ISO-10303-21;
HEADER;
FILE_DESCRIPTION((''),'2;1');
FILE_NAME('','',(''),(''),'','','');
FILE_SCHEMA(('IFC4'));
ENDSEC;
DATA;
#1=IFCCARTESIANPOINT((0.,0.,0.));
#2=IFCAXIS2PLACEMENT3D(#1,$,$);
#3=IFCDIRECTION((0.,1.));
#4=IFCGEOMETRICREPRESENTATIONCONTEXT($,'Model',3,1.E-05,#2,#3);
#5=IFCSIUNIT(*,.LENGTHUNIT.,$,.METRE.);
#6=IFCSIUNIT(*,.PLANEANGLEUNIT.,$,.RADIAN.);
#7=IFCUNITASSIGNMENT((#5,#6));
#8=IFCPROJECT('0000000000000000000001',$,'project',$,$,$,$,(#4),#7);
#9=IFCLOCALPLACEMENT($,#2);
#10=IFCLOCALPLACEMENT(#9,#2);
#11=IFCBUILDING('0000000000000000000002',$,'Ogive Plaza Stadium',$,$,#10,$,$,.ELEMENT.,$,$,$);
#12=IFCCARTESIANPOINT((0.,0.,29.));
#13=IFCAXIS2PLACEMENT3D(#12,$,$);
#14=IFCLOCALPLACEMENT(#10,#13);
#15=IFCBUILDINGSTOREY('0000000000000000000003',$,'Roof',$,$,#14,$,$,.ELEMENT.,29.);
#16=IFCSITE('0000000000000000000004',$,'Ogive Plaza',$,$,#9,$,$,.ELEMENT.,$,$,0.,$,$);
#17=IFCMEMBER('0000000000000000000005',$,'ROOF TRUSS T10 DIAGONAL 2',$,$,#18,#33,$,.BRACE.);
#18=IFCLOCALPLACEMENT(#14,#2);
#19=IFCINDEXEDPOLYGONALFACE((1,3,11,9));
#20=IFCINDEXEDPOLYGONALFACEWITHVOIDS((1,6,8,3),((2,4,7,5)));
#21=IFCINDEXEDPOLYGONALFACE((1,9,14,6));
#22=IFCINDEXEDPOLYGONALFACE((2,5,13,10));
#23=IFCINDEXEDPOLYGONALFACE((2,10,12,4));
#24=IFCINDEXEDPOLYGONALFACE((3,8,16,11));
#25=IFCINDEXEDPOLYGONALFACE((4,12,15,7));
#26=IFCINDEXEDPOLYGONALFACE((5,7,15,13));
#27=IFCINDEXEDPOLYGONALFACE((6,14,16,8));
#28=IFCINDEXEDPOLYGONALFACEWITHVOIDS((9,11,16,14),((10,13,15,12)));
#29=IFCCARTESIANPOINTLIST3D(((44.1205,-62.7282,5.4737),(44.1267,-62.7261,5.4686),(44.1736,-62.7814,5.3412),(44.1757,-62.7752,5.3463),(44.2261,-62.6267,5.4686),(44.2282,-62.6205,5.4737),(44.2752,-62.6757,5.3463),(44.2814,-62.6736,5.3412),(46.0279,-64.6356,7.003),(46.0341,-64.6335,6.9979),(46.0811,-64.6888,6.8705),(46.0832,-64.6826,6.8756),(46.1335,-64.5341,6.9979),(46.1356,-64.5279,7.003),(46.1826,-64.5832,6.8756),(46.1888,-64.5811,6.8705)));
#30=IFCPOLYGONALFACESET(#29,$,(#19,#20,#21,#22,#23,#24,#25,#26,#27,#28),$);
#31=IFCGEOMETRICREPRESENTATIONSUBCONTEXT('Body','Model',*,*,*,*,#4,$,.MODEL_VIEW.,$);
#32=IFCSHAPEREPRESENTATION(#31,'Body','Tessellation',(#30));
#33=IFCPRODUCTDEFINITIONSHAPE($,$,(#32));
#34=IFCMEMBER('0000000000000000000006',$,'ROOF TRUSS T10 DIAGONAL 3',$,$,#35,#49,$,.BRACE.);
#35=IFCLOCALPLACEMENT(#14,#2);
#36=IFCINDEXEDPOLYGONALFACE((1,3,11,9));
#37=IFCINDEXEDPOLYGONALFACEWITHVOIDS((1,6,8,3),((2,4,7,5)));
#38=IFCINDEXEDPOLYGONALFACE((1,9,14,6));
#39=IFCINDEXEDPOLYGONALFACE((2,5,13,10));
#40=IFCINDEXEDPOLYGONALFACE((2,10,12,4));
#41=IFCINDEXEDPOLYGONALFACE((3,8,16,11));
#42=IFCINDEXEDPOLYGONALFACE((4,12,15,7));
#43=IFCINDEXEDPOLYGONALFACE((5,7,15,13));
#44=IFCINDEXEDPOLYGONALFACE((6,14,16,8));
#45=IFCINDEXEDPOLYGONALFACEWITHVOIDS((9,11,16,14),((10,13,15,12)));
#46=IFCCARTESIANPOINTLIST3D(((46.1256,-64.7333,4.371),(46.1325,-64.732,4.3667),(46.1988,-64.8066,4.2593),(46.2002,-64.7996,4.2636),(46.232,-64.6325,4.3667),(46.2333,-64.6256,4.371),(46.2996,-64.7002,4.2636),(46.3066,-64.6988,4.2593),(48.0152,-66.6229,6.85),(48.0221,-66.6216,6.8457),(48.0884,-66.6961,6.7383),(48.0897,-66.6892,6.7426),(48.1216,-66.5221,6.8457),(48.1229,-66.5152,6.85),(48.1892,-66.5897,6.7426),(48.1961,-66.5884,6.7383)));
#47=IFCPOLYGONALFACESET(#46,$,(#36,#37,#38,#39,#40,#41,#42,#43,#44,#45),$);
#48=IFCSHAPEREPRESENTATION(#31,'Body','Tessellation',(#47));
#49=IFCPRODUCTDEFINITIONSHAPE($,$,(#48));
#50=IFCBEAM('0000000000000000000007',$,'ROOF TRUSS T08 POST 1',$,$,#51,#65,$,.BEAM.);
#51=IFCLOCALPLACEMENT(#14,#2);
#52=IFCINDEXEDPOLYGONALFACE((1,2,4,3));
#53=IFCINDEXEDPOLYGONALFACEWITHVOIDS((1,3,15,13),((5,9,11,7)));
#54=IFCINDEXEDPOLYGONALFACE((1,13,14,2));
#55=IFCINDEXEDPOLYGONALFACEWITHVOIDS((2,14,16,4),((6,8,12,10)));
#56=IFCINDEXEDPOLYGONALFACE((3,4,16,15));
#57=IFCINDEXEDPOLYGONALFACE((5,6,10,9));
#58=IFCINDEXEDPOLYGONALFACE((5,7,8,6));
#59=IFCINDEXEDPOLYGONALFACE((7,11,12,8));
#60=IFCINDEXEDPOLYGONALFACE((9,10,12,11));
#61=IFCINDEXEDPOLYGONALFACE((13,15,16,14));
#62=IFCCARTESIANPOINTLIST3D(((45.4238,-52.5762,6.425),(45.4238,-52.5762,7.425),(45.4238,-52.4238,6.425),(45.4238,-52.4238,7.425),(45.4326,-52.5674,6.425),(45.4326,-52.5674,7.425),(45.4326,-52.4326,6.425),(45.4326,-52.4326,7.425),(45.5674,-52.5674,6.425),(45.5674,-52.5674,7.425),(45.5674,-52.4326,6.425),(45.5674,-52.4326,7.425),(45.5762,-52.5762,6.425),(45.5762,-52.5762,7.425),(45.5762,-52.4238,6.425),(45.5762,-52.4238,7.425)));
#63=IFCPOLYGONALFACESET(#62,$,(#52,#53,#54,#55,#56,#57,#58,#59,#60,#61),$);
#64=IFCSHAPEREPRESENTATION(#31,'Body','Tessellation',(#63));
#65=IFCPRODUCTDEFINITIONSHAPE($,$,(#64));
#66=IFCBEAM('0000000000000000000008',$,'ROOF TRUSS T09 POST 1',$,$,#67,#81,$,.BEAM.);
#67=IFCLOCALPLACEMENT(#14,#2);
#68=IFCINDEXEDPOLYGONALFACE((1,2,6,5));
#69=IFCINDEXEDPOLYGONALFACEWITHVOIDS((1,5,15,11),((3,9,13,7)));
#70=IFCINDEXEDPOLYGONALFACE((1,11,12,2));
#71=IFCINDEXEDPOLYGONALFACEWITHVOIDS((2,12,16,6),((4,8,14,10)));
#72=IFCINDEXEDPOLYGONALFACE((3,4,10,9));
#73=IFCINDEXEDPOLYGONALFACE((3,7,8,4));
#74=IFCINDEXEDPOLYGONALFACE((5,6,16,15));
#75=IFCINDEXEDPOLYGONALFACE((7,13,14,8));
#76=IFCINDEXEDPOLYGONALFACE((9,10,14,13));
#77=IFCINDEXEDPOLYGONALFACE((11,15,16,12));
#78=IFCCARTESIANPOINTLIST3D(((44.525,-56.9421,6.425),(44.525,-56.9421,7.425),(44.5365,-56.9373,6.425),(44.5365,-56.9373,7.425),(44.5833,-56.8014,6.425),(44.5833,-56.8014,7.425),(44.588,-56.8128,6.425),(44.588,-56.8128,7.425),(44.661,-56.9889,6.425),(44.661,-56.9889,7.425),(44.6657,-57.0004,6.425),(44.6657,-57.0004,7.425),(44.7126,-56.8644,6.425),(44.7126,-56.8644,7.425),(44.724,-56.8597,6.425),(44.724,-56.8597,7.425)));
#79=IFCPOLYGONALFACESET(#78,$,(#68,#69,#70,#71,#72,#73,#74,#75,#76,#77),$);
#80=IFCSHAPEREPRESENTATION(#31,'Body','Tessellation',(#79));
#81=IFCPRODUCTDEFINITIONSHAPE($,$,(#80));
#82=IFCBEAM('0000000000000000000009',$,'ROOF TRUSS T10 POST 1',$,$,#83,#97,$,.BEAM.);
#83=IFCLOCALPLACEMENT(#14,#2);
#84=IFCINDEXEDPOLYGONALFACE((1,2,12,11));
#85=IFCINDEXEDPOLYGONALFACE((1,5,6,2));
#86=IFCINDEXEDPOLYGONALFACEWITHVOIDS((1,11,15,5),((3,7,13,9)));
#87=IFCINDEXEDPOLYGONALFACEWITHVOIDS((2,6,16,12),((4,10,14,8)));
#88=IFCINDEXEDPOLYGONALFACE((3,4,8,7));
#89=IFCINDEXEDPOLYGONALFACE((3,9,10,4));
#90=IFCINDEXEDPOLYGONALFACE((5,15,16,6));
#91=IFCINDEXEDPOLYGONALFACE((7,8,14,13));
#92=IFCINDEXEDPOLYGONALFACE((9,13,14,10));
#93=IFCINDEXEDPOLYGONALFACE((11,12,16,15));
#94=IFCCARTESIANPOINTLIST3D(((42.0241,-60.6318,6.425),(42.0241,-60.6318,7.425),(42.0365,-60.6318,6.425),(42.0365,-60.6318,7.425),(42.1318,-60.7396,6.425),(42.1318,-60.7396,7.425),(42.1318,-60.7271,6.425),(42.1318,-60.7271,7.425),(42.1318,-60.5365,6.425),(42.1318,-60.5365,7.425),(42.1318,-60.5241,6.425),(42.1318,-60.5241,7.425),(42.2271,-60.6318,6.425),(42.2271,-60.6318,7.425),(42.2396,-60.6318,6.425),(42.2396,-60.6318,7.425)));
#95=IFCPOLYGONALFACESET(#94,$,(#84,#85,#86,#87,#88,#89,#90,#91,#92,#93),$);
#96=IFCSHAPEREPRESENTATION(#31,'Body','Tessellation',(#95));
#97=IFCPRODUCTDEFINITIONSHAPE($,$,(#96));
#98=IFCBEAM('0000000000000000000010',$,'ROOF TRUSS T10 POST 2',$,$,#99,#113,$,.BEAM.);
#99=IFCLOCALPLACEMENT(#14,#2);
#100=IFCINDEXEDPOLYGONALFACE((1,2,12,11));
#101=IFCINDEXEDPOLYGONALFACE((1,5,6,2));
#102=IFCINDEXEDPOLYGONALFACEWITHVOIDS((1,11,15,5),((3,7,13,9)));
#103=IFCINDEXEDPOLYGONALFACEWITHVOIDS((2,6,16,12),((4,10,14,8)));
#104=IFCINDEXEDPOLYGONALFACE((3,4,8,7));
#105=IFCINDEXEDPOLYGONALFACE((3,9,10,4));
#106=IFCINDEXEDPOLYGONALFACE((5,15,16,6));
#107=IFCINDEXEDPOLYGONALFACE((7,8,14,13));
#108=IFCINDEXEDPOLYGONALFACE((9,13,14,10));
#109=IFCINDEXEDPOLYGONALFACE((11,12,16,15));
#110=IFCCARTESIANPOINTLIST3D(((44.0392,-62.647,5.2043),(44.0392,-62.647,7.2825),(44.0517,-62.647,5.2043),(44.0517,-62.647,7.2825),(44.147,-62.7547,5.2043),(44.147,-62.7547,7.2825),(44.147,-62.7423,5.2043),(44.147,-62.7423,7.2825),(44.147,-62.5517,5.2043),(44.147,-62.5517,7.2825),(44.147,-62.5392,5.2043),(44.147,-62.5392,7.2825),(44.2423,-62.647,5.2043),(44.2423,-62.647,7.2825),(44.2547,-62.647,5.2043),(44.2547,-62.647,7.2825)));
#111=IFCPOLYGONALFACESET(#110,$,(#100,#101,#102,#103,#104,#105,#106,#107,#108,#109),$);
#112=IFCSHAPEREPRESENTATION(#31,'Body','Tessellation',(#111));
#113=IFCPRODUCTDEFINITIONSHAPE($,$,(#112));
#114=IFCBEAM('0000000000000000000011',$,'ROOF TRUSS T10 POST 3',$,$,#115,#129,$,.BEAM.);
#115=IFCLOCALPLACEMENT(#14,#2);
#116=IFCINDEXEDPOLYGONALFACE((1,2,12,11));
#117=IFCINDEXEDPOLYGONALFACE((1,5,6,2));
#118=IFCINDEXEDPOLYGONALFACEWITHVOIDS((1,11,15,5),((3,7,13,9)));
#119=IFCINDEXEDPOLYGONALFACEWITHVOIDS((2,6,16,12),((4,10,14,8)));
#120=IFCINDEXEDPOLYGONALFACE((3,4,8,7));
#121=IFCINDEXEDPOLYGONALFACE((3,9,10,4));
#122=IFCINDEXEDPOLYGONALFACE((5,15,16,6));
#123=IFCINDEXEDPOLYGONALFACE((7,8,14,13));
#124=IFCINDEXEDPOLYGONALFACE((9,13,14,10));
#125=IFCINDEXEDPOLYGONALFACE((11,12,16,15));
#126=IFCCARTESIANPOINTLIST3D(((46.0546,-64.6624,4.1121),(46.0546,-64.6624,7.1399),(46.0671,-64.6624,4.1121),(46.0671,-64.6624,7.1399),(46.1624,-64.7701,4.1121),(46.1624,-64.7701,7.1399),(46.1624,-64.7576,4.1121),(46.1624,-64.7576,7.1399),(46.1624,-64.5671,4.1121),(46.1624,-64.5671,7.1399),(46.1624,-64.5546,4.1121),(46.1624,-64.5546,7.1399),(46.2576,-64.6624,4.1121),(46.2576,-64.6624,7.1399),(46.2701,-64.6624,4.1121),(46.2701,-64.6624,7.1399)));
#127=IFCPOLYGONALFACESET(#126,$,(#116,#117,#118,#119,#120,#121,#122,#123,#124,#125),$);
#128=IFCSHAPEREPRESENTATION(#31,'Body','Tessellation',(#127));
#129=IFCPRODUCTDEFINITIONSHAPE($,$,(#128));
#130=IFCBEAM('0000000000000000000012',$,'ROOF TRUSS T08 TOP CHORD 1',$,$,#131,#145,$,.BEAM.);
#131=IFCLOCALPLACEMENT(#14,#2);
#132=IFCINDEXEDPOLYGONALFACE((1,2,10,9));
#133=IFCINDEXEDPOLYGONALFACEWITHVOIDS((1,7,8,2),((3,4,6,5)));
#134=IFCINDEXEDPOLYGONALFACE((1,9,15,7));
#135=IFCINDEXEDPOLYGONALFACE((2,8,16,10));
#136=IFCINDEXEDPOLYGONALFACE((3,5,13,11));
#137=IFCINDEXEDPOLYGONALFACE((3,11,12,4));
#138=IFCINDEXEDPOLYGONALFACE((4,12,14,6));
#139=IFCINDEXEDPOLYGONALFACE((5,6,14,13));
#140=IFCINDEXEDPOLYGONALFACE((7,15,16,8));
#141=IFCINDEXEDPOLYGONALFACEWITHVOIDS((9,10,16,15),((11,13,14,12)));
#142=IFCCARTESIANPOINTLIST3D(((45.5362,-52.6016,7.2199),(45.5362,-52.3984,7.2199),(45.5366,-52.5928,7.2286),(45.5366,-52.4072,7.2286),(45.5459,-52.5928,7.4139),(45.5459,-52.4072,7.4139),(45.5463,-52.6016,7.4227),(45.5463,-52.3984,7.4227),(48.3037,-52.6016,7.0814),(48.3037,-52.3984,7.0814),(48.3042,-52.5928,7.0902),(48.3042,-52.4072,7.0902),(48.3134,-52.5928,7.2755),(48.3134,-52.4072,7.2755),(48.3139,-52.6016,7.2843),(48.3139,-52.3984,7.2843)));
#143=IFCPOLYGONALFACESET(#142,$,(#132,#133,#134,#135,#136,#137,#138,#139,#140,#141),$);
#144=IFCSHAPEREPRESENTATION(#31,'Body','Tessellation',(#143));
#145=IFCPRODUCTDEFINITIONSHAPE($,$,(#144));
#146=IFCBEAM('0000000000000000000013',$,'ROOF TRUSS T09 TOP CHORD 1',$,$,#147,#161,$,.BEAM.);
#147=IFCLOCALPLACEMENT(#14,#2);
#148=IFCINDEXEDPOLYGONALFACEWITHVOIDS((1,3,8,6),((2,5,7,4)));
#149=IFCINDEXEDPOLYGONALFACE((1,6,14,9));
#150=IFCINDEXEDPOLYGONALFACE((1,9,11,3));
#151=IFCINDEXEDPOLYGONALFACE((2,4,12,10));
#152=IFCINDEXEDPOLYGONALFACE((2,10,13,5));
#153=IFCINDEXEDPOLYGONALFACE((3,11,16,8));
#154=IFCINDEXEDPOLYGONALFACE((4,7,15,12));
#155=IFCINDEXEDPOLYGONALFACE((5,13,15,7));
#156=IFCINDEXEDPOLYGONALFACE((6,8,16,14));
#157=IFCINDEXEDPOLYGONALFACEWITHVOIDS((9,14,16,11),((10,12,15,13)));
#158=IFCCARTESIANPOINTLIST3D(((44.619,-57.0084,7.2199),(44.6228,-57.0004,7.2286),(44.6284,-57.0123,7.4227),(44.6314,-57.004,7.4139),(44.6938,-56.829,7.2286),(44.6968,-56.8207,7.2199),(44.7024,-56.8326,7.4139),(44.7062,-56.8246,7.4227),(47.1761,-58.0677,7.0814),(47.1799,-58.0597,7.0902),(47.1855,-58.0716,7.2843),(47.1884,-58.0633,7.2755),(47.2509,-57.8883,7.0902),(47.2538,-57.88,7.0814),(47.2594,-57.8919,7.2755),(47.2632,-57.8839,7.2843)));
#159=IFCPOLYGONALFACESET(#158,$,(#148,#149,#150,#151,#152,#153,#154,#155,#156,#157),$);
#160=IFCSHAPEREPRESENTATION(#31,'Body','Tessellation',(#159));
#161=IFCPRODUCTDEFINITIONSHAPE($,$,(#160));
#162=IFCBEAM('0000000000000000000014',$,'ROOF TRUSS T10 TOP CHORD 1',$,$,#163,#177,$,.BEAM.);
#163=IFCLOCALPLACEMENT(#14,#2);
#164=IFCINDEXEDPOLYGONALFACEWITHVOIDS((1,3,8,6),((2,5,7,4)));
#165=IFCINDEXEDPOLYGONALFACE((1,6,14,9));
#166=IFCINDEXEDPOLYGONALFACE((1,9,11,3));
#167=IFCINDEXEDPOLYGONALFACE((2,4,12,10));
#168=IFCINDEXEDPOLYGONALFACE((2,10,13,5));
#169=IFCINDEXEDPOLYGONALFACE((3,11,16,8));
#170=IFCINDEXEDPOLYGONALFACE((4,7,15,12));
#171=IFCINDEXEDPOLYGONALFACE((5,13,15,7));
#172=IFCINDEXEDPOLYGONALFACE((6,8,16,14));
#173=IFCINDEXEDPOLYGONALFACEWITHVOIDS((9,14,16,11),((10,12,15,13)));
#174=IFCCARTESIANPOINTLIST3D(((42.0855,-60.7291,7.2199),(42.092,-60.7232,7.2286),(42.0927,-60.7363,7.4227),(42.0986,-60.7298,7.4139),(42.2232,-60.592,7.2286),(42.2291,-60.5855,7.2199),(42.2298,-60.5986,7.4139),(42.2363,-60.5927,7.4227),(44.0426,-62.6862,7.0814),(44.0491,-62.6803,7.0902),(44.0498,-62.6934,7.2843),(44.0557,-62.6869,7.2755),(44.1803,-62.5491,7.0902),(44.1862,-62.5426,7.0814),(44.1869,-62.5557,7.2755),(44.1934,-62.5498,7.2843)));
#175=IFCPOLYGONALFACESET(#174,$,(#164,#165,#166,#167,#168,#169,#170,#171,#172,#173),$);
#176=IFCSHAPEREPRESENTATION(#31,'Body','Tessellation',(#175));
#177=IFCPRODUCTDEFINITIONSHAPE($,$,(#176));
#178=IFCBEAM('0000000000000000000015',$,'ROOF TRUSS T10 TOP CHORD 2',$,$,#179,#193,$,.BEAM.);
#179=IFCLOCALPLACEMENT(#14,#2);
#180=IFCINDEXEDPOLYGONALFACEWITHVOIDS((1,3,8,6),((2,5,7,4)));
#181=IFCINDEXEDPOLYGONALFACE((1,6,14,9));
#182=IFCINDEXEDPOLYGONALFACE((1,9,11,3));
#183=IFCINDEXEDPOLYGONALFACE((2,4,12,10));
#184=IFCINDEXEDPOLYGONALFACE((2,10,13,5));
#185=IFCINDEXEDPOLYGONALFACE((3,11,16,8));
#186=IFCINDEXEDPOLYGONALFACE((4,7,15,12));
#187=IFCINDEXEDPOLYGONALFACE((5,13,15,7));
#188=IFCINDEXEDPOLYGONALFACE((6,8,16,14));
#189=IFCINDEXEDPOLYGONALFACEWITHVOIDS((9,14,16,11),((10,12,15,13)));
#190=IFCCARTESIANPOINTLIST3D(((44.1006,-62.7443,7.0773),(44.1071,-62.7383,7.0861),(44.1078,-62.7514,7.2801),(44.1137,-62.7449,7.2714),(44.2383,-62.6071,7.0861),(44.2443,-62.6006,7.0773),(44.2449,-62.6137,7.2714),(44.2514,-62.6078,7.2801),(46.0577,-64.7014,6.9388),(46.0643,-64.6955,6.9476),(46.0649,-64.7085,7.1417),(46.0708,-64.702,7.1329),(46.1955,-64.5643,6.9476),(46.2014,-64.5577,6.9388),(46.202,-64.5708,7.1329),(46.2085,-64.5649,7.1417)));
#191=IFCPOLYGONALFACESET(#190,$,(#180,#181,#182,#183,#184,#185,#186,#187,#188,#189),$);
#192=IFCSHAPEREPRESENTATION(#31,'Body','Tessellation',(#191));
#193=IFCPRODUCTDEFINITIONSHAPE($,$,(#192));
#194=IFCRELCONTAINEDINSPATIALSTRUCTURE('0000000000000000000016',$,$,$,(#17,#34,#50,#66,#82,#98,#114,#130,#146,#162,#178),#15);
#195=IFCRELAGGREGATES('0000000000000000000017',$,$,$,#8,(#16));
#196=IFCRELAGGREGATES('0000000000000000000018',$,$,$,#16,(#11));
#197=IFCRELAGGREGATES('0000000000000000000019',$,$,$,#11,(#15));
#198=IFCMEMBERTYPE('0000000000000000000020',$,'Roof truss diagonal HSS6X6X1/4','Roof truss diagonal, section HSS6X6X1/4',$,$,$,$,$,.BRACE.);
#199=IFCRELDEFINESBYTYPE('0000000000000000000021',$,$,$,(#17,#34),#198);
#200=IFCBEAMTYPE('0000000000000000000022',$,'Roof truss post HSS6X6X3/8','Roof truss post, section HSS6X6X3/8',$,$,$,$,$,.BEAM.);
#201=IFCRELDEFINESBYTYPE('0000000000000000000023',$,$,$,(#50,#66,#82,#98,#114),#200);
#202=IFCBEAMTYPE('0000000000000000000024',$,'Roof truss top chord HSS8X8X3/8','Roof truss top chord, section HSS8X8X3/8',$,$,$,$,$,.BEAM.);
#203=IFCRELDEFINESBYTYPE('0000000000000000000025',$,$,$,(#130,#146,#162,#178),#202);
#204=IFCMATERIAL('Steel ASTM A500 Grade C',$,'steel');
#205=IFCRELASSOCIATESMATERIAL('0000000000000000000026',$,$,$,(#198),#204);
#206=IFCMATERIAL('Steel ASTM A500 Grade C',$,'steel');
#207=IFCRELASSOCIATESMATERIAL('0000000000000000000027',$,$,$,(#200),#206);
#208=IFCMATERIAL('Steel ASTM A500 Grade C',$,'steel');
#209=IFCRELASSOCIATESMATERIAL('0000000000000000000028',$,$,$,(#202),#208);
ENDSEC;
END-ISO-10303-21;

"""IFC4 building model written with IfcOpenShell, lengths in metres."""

from ifc_helpers import new_model, si_unit, direction, frame, origin, origin_2d, place, context, subcontext, project, spatial, hollow_rectangle, extrude, material, material_profile, profile_set, type_object, element, save


model = new_model("IFC4")

# Units and contexts
model_context = context("Model", 3, precision=1e-05, world=origin(), true_north=direction((0.0, 1.0)))
body_context = subcontext(model_context, "Body", "Model", "MODEL_VIEW")
ifc_project = project(units=[si_unit("LENGTHUNIT", "METRE"), si_unit("PLANEANGLEUNIT", "RADIAN")], contexts=[model_context])

# Site, building, storey
site_placement = place(None, origin())
site = spatial("IfcSite", under=ifc_project, at=site_placement, Name="Ogive Plaza", CompositionType="ELEMENT", RefElevation=0.0)
building_placement = place(site_placement, origin())
building = spatial("IfcBuilding", under=site, at=building_placement, Name="Ogive Plaza Stadium", CompositionType="ELEMENT")
storey_placement = place(building_placement, frame((0.0, 0.0, 29.0)))
storey = spatial("IfcBuildingStorey", under=building, at=storey_placement, Name="Roof", CompositionType="ELEMENT", Elevation=29.0)

# Members
ifc_material_1 = material(Name="Steel ASTM A500 Grade C", Category="steel")
ifc_material_profile_1 = material_profile(ifc_material_1, hollow_rectangle(XDim=0.1523, YDim=0.1523, WallThickness=0.0059, at=origin_2d()), Name="HSS6X6X1/4")
ifc_profile_set_1 = profile_set([ifc_material_profile_1], Name="Steel ASTM A500 Grade C")
member_type_1 = type_object("IfcMemberType", Name="Roof truss diagonal HSS6X6X1/4", Description="Roof truss diagonal, section HSS6X6X1/4", PredefinedType="BRACE", material=ifc_profile_set_1)
member_1_placement = place(storey_placement, frame((44.2009, -62.7009, 5.4075), z_axis=(0.615133, -0.615133, 0.493177), x_axis=(0.707107, 0.707107, 0.0)))
element("IfcMember", 1, at=member_1_placement, inside=storey, type_object=member_type_1, Name="ROOF TRUSS T10 DIAGONAL 2", PredefinedType="BRACE", context=body_context, shape_type="SweptSolid", body=[
    extrude(hollow_rectangle(XDim=0.1523, YDim=0.1523, WallThickness=0.0059, at=origin_2d()), origin(), (0.0, 0.0, 1.0), 3.1008),
])
member_2_placement = place(storey_placement, frame((46.2161, -64.7161, 4.3152), z_axis=(0.518403, -0.518403, 0.680086), x_axis=(0.707107, 0.707107, 0.0)))
element("IfcMember", 2, at=member_2_placement, inside=storey, type_object=member_type_1, Name="ROOF TRUSS T10 DIAGONAL 3", PredefinedType="BRACE", context=body_context, shape_type="SweptSolid", body=[
    extrude(hollow_rectangle(XDim=0.1523, YDim=0.1523, WallThickness=0.0059, at=origin_2d()), origin(), (0.0, 0.0, 1.0), 3.645),
])

# Beams
ifc_material_2 = material(Name="Steel ASTM A500 Grade C", Category="steel")
ifc_material_profile_2 = material_profile(ifc_material_2, hollow_rectangle(XDim=0.1523, YDim=0.1523, WallThickness=0.0088, at=origin_2d()), Name="HSS6X6X3/8")
ifc_profile_set_2 = profile_set([ifc_material_profile_2], Name="Steel ASTM A500 Grade C")
beam_type_1 = type_object("IfcBeamType", Name="Roof truss post HSS6X6X3/8", Description="Roof truss post, section HSS6X6X3/8", PredefinedType="BEAM", material=ifc_profile_set_2)
for number, where, z_axis, x_axis, name in (
    (3, (45.5, -52.5, 6.425), (0.0, 0.0, 1.0), (0.0, 1.0, 0.0), "ROOF TRUSS T08 POST 1"),
    (4, (44.6245, -56.9009, 6.425), (0.0, 0.0, 1.0), (0.382683, 0.92388, 0.0), "ROOF TRUSS T09 POST 1"),
    (5, (42.1318, -60.6318, 6.425), (0.0, 0.0, 1.0), (0.707107, 0.707107, 0.0), "ROOF TRUSS T10 POST 1"),
):
    element("IfcBeam", number, at=place(storey_placement, frame(where, z_axis=z_axis, x_axis=x_axis)), inside=storey, type_object=beam_type_1, Name=name, PredefinedType="BEAM", context=body_context, shape_type="SweptSolid", body=[
        extrude(hollow_rectangle(XDim=0.1523, YDim=0.1523, WallThickness=0.0088, at=origin_2d()), origin(), (0.0, 0.0, 1.0), 1.0),
    ])
beam_1_placement = place(storey_placement, frame((44.147, -62.647, 5.2043), z_axis=(0.0, 0.0, 1.0), x_axis=(0.707107, 0.707107, 0.0)))
element("IfcBeam", 6, at=beam_1_placement, inside=storey, type_object=beam_type_1, Name="ROOF TRUSS T10 POST 2", PredefinedType="BEAM", context=body_context, shape_type="SweptSolid", body=[
    extrude(hollow_rectangle(XDim=0.1523, YDim=0.1523, WallThickness=0.0088, at=origin_2d()), origin(), (0.0, 0.0, 1.0), 2.0781),
])
beam_2_placement = place(storey_placement, frame((46.1624, -64.6624, 4.1121), z_axis=(0.0, 0.0, 1.0), x_axis=(0.707107, 0.707107, 0.0)))
element("IfcBeam", 7, at=beam_2_placement, inside=storey, type_object=beam_type_1, Name="ROOF TRUSS T10 POST 3", PredefinedType="BEAM", context=body_context, shape_type="SweptSolid", body=[
    extrude(hollow_rectangle(XDim=0.1523, YDim=0.1523, WallThickness=0.0088, at=origin_2d()), origin(), (0.0, 0.0, 1.0), 3.0278),
])
ifc_material_3 = material(Name="Steel ASTM A500 Grade C", Category="steel")
ifc_material_profile_3 = material_profile(ifc_material_3, hollow_rectangle(XDim=0.2031, YDim=0.2031, WallThickness=0.0088, at=origin_2d()), Name="HSS8X8X3/8")
ifc_profile_set_3 = profile_set([ifc_material_profile_3], Name="Steel ASTM A500 Grade C")
beam_type_2 = type_object("IfcBeamType", Name="Roof truss top chord HSS8X8X3/8", Description="Roof truss top chord, section HSS8X8X3/8", PredefinedType="BEAM", material=ifc_profile_set_3)
beam_3_placement = place(storey_placement, frame((45.5413, -52.5, 7.3213), z_axis=(0.998751, 0.0, -0.049955), x_axis=(0.0, 1.0, 0.0)))
element("IfcBeam", 8, at=beam_3_placement, inside=storey, type_object=beam_type_2, Name="ROOF TRUSS T08 TOP CHORD 1", PredefinedType="BEAM", context=body_context, shape_type="SweptSolid", body=[
    extrude(hollow_rectangle(XDim=0.2031, YDim=0.2031, WallThickness=0.0088, at=origin_2d()), origin(), (0.0, 0.0, 1.0), 2.771),
])
for number, where, z_axis, x_axis, name in (
    (9, (44.6626, -56.9165, 7.3213), (0.92271, -0.382245, -0.04995), (0.382723, 0.923863, 0.0), "ROOF TRUSS T09 TOP CHORD 1"),
    (10, (42.1609, -60.6609, 7.3213), (0.706224, -0.706224, -0.049954), (0.707107, 0.707107, 0.0), "ROOF TRUSS T10 TOP CHORD 1"),
    (11, (44.176, -62.676, 7.1787), (0.706224, -0.706224, -0.049954), (0.707107, 0.707107, 0.0), "ROOF TRUSS T10 TOP CHORD 2"),
):
    element("IfcBeam", number, at=place(storey_placement, frame(where, z_axis=z_axis, x_axis=x_axis)), inside=storey, type_object=beam_type_2, Name=name, PredefinedType="BEAM", context=body_context, shape_type="SweptSolid", body=[
        extrude(hollow_rectangle(XDim=0.2031, YDim=0.2031, WallThickness=0.0088, at=origin_2d()), origin(), (0.0, 0.0, 1.0), 2.7712),
    ])

save(model, "model.ifc")
